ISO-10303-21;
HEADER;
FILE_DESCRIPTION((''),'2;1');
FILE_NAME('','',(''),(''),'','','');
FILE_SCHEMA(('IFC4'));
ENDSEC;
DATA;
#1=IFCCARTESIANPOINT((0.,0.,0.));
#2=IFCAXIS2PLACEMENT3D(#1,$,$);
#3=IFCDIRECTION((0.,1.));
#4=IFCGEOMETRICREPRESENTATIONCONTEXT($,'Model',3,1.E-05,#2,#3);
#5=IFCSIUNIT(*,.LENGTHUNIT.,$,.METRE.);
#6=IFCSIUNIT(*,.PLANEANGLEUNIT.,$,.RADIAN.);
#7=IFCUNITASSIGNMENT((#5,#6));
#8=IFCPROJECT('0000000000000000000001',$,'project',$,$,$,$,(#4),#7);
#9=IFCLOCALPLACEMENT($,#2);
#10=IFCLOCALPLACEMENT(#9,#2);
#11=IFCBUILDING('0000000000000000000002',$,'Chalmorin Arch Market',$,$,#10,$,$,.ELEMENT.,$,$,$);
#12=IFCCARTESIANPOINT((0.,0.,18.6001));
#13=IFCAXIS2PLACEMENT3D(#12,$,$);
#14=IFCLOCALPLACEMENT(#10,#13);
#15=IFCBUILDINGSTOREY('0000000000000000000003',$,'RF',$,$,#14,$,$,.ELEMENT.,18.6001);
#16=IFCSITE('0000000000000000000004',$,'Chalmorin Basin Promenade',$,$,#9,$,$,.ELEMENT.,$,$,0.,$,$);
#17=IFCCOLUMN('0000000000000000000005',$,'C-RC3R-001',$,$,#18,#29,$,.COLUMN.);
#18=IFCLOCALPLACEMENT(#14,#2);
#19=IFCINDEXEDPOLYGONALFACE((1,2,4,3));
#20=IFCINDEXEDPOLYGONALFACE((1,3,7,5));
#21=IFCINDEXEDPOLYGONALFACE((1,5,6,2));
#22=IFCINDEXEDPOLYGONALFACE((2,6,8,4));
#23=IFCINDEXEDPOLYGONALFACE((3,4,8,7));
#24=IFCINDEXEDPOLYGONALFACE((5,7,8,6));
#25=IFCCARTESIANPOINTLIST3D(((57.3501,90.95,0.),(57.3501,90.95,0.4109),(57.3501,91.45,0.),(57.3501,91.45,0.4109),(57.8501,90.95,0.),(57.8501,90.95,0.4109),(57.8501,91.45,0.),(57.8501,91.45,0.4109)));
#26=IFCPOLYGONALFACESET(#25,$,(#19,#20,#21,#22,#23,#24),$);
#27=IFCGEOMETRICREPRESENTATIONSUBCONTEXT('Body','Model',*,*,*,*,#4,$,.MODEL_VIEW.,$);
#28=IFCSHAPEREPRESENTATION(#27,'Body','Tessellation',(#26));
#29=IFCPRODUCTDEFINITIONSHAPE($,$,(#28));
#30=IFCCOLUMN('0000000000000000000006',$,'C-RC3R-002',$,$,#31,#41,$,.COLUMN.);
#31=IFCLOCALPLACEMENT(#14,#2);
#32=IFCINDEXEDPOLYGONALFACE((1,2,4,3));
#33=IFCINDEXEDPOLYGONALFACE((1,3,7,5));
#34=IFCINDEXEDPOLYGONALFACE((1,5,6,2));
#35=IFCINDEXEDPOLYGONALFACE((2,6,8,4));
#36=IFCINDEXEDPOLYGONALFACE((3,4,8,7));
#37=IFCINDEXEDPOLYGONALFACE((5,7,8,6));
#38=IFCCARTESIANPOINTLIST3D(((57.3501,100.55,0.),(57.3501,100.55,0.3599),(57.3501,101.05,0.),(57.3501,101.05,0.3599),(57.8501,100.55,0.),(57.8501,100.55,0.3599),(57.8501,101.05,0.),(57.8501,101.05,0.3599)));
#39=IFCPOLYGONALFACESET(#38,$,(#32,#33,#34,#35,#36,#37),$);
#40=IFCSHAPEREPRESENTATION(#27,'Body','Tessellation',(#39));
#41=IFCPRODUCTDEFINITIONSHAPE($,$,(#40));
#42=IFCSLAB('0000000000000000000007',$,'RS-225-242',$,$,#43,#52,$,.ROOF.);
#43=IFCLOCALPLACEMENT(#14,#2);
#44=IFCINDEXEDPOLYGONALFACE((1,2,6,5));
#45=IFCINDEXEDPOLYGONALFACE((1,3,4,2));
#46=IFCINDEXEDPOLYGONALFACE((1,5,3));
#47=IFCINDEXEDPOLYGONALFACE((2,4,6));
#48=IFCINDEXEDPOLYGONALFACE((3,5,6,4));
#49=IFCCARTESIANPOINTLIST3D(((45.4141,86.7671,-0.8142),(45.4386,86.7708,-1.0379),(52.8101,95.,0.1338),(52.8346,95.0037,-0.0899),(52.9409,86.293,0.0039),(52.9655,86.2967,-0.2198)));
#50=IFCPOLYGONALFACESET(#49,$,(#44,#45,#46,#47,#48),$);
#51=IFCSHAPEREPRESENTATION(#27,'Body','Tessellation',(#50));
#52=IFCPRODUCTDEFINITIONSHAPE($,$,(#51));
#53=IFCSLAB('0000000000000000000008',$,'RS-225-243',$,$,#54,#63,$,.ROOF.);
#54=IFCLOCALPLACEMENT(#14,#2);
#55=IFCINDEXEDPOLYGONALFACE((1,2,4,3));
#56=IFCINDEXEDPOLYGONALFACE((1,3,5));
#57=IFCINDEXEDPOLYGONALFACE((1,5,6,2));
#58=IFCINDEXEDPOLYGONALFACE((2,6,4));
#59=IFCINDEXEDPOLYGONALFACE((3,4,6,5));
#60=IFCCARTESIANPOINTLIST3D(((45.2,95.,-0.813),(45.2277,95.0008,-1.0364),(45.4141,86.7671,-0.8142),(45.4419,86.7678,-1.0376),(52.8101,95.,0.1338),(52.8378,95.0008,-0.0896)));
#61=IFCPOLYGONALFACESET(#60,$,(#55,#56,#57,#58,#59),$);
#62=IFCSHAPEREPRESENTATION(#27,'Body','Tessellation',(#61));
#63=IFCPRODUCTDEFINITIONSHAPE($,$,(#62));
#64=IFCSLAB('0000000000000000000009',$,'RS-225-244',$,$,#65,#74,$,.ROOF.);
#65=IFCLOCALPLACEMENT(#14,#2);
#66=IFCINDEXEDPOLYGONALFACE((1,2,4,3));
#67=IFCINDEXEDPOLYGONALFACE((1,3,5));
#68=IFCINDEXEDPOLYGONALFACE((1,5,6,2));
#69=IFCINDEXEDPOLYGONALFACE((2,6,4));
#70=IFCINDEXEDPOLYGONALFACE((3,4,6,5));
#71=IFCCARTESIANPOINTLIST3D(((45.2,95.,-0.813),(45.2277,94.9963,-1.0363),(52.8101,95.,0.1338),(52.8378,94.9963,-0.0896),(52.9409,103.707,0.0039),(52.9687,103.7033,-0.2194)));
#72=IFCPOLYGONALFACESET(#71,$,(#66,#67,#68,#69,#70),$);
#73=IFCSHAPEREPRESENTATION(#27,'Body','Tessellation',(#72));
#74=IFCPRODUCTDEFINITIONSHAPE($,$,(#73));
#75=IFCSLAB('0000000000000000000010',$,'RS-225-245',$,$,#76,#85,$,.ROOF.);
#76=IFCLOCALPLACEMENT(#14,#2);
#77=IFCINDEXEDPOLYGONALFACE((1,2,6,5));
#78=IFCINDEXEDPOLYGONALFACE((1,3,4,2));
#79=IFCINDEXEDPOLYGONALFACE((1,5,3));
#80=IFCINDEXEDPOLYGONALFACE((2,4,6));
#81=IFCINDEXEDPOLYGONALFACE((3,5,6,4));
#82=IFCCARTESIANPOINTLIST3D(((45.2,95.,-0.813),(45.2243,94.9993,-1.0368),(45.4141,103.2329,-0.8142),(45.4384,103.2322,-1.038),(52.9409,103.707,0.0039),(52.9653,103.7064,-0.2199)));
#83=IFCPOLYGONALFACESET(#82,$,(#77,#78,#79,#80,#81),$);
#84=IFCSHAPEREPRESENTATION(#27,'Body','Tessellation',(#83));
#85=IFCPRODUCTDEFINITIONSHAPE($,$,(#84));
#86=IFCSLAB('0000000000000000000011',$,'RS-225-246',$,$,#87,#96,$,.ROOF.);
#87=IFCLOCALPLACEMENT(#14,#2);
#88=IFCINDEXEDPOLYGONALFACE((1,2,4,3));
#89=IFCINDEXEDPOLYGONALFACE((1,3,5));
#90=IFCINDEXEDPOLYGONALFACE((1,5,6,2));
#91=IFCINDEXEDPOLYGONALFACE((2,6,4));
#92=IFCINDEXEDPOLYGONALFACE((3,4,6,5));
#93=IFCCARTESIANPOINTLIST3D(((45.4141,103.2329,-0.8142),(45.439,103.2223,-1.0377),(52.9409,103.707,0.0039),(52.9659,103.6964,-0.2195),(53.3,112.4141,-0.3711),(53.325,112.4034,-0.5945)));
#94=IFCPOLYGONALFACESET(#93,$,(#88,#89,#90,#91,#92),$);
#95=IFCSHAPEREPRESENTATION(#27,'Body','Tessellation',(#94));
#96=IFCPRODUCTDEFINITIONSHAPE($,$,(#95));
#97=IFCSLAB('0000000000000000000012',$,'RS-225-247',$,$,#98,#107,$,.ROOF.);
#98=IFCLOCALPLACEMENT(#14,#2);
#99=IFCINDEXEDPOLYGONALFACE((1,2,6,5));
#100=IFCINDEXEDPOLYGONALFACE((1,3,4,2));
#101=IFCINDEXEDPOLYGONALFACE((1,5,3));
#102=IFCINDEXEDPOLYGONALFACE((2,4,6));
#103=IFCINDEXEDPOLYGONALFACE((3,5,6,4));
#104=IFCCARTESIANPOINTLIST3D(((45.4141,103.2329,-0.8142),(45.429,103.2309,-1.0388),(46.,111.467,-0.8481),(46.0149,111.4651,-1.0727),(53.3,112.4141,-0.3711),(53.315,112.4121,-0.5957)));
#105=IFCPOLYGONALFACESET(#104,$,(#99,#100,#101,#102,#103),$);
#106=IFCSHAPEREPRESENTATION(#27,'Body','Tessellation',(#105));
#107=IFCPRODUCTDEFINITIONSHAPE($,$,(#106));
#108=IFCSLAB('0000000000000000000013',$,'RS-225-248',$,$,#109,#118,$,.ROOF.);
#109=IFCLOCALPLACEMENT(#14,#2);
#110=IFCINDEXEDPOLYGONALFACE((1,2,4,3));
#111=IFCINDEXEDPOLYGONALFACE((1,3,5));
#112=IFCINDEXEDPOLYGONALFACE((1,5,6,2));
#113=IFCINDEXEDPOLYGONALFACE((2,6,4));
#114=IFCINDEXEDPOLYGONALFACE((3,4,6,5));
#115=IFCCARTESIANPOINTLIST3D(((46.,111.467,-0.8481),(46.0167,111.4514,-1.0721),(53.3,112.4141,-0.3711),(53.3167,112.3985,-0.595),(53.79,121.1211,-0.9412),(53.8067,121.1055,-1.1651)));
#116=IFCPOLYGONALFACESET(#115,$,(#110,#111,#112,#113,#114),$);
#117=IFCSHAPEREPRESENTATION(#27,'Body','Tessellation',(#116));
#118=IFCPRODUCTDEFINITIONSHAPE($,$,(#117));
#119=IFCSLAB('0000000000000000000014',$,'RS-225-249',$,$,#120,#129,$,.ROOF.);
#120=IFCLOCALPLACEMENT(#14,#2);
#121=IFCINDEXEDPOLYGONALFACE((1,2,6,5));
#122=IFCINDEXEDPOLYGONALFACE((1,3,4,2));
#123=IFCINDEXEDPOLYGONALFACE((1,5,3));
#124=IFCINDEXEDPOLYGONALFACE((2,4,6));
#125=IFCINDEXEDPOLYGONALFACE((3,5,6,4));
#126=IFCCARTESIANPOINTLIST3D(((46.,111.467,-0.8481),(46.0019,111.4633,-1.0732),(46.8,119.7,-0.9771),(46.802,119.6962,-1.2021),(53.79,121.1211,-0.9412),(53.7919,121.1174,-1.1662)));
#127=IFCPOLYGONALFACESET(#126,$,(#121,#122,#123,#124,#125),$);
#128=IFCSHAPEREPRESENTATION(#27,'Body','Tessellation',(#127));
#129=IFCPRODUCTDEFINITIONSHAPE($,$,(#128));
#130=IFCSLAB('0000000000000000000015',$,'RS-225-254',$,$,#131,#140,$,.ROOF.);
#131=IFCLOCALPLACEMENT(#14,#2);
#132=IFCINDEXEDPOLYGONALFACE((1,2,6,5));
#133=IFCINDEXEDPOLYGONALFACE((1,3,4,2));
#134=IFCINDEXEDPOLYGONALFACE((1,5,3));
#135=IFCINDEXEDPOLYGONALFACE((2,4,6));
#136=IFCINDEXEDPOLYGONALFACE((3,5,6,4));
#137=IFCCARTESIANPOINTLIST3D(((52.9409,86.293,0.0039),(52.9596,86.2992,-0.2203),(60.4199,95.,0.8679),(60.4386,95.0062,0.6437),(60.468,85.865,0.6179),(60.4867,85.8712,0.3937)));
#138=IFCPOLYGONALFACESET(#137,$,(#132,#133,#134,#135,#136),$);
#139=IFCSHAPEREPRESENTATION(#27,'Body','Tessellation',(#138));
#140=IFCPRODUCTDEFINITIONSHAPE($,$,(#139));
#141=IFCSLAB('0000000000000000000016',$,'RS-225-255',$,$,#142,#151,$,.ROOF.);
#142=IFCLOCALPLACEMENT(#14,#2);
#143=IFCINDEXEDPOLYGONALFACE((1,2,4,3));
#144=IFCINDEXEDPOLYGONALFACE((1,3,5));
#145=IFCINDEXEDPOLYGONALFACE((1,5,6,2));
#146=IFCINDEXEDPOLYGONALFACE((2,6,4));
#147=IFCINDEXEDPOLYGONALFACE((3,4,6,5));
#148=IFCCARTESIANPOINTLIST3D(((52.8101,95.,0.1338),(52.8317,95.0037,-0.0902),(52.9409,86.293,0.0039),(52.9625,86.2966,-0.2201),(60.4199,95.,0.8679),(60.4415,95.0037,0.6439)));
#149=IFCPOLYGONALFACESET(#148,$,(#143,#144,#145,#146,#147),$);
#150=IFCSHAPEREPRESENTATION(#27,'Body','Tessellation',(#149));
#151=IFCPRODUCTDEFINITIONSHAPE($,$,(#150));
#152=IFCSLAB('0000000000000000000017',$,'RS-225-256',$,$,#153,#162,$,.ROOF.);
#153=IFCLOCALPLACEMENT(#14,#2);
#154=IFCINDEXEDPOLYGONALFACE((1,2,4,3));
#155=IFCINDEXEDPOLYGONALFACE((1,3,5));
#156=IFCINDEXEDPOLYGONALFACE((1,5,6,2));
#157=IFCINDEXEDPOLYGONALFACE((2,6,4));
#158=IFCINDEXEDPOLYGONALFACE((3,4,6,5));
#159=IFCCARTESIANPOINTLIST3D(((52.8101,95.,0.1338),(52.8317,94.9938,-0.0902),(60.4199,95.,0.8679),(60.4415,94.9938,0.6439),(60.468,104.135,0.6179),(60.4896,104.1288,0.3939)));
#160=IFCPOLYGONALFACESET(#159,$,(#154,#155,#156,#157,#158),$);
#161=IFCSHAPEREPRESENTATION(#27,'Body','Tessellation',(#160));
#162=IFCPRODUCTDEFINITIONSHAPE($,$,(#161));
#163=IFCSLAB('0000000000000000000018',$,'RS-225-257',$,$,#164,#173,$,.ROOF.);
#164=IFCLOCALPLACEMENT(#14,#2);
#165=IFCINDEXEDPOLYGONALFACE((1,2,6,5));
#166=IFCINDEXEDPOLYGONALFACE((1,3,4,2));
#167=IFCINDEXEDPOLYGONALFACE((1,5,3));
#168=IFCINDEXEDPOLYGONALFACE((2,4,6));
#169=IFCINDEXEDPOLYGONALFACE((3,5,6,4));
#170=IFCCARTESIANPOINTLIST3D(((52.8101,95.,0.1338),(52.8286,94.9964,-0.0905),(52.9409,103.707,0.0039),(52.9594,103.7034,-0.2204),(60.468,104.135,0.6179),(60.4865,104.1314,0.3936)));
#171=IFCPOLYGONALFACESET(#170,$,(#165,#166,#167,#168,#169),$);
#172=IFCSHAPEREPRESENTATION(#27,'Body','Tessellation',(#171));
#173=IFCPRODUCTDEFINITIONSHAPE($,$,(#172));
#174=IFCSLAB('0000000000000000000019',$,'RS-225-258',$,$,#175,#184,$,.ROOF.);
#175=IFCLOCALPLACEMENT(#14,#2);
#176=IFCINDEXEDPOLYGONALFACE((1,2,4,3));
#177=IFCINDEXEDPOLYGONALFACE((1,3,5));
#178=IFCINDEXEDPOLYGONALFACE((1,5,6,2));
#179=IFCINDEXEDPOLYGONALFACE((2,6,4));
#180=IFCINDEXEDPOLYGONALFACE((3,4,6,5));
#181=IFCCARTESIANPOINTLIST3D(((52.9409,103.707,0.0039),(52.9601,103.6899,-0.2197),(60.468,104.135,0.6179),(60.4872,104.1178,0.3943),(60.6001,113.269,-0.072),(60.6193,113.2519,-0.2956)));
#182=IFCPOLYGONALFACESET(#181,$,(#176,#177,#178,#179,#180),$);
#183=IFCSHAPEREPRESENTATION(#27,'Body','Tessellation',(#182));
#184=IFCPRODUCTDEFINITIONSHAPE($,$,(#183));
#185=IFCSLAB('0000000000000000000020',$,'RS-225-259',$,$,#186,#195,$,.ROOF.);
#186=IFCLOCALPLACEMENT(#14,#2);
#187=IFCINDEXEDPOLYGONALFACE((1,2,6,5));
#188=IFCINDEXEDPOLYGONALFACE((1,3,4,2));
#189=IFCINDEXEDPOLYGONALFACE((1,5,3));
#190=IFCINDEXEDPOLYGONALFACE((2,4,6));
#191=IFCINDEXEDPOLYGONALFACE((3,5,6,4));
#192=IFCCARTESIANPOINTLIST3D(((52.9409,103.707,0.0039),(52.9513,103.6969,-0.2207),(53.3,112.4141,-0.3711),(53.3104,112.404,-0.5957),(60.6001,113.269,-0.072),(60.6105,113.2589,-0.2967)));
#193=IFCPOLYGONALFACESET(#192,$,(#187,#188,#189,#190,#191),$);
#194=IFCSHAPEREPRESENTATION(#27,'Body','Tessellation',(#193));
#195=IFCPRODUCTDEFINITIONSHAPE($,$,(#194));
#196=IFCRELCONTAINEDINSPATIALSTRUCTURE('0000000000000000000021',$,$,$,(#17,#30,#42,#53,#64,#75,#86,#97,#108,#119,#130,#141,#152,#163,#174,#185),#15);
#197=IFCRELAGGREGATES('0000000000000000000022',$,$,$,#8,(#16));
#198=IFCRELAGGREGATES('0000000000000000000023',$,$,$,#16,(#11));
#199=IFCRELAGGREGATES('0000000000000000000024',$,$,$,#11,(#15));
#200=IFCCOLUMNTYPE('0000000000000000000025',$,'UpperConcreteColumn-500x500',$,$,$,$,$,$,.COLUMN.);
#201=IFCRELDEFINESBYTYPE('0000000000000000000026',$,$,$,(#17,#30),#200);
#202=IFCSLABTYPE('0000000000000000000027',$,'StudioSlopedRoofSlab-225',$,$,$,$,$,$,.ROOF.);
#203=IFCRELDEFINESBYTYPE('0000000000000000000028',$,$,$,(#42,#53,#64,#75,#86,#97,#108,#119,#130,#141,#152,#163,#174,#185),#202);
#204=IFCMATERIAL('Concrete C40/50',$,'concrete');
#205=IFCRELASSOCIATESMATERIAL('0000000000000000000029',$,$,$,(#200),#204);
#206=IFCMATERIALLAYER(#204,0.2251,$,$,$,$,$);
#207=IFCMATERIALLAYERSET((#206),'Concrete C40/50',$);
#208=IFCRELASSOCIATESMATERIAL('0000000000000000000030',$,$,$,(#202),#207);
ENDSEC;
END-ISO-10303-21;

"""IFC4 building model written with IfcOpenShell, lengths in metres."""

from ifc_helpers import new_model, si_unit, direction, frame, origin, origin_2d, place, context, subcontext, project, spatial, polyline, rectangle, outline, extrude, material, layer, layer_set, material_profile, profile_set, type_object, element, save


model = new_model("IFC4")

# Units and contexts
model_context = context("Model", 3, precision=1e-05, world=origin(), true_north=direction((0.0, 1.0)))
body_context = subcontext(model_context, "Body", "Model", "MODEL_VIEW")
ifc_project = project(units=[si_unit("LENGTHUNIT", "METRE"), si_unit("PLANEANGLEUNIT", "RADIAN")], contexts=[model_context])

# Site, building, storey
site_placement = place(None, origin())
site = spatial("IfcSite", under=ifc_project, at=site_placement, Name="Chalmorin Basin Promenade", CompositionType="ELEMENT", RefElevation=0.0)
building_placement = place(site_placement, origin())
building = spatial("IfcBuilding", under=site, at=building_placement, Name="Chalmorin Arch Market", CompositionType="ELEMENT")
storey_placement = place(building_placement, frame((0.0, 0.0, 18.6001)))
storey = spatial("IfcBuildingStorey", under=building, at=storey_placement, Name="RF", CompositionType="ELEMENT", Elevation=18.6001)

# Columns
ifc_material = material(Name="Concrete C40/50", Category="concrete")
ifc_material_profile = material_profile(ifc_material, rectangle(XDim=0.5, YDim=0.5, at=origin_2d()), Name="RC500X500")
ifc_profile_set = profile_set([ifc_material_profile], Name="Concrete C40/50")
column_type = type_object("IfcColumnType", Name="UpperConcreteColumn-500x500", PredefinedType="COLUMN", material=ifc_profile_set)
column_1_placement = place(storey_placement, frame((57.6001, 91.2, 0.0), z_axis=(0.0, 0.0, 1.0), x_axis=(1.0, 0.0, 0.0)))
element("IfcColumn", 1, at=column_1_placement, inside=storey, type_object=column_type, Name="C-RC3R-001", PredefinedType="COLUMN", context=body_context, shape_type="SweptSolid", body=[
    extrude(rectangle(XDim=0.5, YDim=0.5, at=origin_2d()), origin(), (0.0, 0.0, 1.0), 0.4109),
])
column_2_placement = place(storey_placement, frame((57.6001, 100.8, 0.0), z_axis=(0.0, 0.0, 1.0), x_axis=(1.0, 0.0, 0.0)))
element("IfcColumn", 2, at=column_2_placement, inside=storey, type_object=column_type, Name="C-RC3R-002", PredefinedType="COLUMN", context=body_context, shape_type="SweptSolid", body=[
    extrude(rectangle(XDim=0.5, YDim=0.5, at=origin_2d()), origin(), (0.0, 0.0, 1.0), 0.3599),
])

# Slabs
ifc_layer = layer(ifc_material, 0.2251)
ifc_layer_set = layer_set([ifc_layer], Name="Concrete C40/50")
slab_type = type_object("IfcSlabType", Name="StudioSlopedRoofSlab-225", PredefinedType="ROOF", material=ifc_layer_set)
slab_1_placement = place(storey_placement, frame((45.4141, 86.7671, -0.8142), z_axis=(-0.109067, -0.016465, 0.993898), x_axis=(0.992201, -0.062499, 0.107845)))
element("IfcSlab", 3, at=slab_1_placement, inside=storey, type_object=slab_type, Name="RS-225-242", PredefinedType="ROOF", context=body_context, shape_type="SweptSolid", body=[
    extrude(outline(polyline([(0.0, 0.0), (7.586, 0.0), (6.926, 8.6839), (0.0, 0.0)])), origin(), (0.0, 0.0, -1.0), 0.2251),
])
slab_2_placement = place(storey_placement, frame((45.4141, 86.7671, -0.8142), z_axis=(-0.123458, -0.003358, 0.992344), x_axis=(0.665846, 0.741192, 0.085346)))
element("IfcSlab", 4, at=slab_2_placement, inside=storey, type_object=slab_type, Name="RS-225-243", PredefinedType="ROOF", context=body_context, shape_type="SweptSolid", body=[
    extrude(outline(polyline([(0.0, 0.0), (11.1077, 0.0), (5.9597, 5.6841), (0.0, 0.0)])), origin(), (0.0, 0.0, -1.0), 0.2251),
])
slab_3_placement = place(storey_placement, frame((45.2, 95.0, -0.813), z_axis=(-0.123442, 0.016656, 0.992212), x_axis=(0.99235, 0.0, 0.123459)))
element("IfcSlab", 5, at=slab_3_placement, inside=storey, type_object=slab_type, Name="RS-225-244", PredefinedType="ROOF", context=body_context, shape_type="SweptSolid", body=[
    extrude(outline(polyline([(0.0, 0.0), (7.6688, 0.0), (7.7826, 8.7082), (0.0, 0.0)])), origin(), (0.0, 0.0, -1.0), 0.2251),
])
slab_4_placement = place(storey_placement, frame((45.2, 95.0, -0.813), z_axis=(-0.10824, 0.002962, 0.99412), x_axis=(0.662803, 0.74552, 0.069945)))
element("IfcSlab", 6, at=slab_4_placement, inside=storey, type_object=slab_type, Name="RS-225-245", PredefinedType="ROOF", context=body_context, shape_type="SweptSolid", body=[
    extrude(outline(polyline([(0.0, 0.0), (11.6791, 0.0), (6.2796, 5.3285), (0.0, 0.0)])), origin(), (0.0, 0.0, -1.0), 0.2251),
])
slab_5_placement = place(storey_placement, frame((45.4141, 103.2329, -0.8142), z_axis=(-0.110881, 0.047328, 0.992706), x_axis=(0.992201, 0.062499, 0.107845)))
element("IfcSlab", 7, at=slab_5_placement, inside=storey, type_object=slab_type, Name="RS-225-246", PredefinedType="ROOF", context=body_context, shape_type="SweptSolid", body=[
    extrude(outline(polyline([(0.0, 0.0), (7.586, 0.0), (8.4461, 8.68), (0.0, 0.0)])), origin(), (0.0, 0.0, -1.0), 0.2251),
])
slab_6_placement = place(storey_placement, frame((45.4141, 103.2329, -0.8142), z_axis=(-0.066348, 0.008833, 0.997757), x_axis=(0.651137, 0.758078, 0.036588)))
element("IfcSlab", 8, at=slab_6_placement, inside=storey, type_object=slab_type, Name="RS-225-247", PredefinedType="ROOF", context=body_context, shape_type="SweptSolid", body=[
    extrude(outline(polyline([(0.0, 0.0), (12.1111, 0.0), (6.6224, 4.9284), (0.0, 0.0)])), origin(), (0.0, 0.0, -1.0), 0.2251),
])
slab_7_placement = place(storey_placement, frame((46.0, 111.467, -0.8481), z_axis=(-0.074002, 0.069299, 0.994847), x_axis=(0.989614, 0.128381, 0.06467)))
element("IfcSlab", 9, at=slab_7_placement, inside=storey, type_object=slab_type, Name="RS-225-248", PredefinedType="ROOF", context=body_context, shape_type="SweptSolid", body=[
    extrude(outline(polyline([(0.0, 0.0), (7.3767, 0.0), (8.9425, 8.598), (0.0, 0.0)])), origin(), (0.0, 0.0, -1.0), 0.2251),
])
slab_8_placement = place(storey_placement, frame((46.0, 111.467, -0.8481), z_axis=(-0.008484, 0.016479, 0.999828), x_axis=(0.627955, 0.778213, -0.007498)))
element("IfcSlab", 10, at=slab_8_placement, inside=storey, type_object=slab_type, Name="RS-225-249", PredefinedType="ROOF", context=body_context, shape_type="SweptSolid", body=[
    extrude(outline(polyline([(0.0, 0.0), (12.4054, 0.0), (6.9103, 4.5481), (0.0, 0.0)])), origin(), (0.0, 0.0, -1.0), 0.2251),
])
slab_9_placement = place(storey_placement, frame((52.9409, 86.293, 0.0039), z_axis=(-0.082837, -0.027699, 0.996178), x_axis=(0.995093, -0.056579, 0.081173)))
element("IfcSlab", 11, at=slab_9_placement, inside=storey, type_object=slab_type, Name="RS-225-254", PredefinedType="ROOF", context=body_context, shape_type="SweptSolid", body=[
    extrude(outline(polyline([(0.0, 0.0), (7.5642, 0.0), (7.0198, 9.1223), (0.0, 0.0)])), origin(), (0.0, 0.0, -1.0), 0.2251),
])
slab_10_placement = place(storey_placement, frame((52.9409, 86.293, 0.0039), z_axis=(-0.096012, -0.016289, 0.995247), x_axis=(0.649748, 0.756434, 0.075062)))
element("IfcSlab", 12, at=slab_10_placement, inside=storey, type_object=slab_type, Name="RS-225-255", PredefinedType="ROOF", context=body_context, shape_type="SweptSolid", body=[
    extrude(outline(polyline([(0.0, 0.0), (11.5106, 0.0), (6.511, 5.7839), (0.0, 0.0)])), origin(), (0.0, 0.0, -1.0), 0.2251),
])
slab_11_placement = place(storey_placement, frame((52.8101, 95.0, 0.1338), z_axis=(-0.095988, 0.027736, 0.994996), x_axis=(0.995379, 0.0, 0.096025)))
element("IfcSlab", 13, at=slab_11_placement, inside=storey, type_object=slab_type, Name="RS-225-256", PredefinedType="ROOF", context=body_context, shape_type="SweptSolid", body=[
    extrude(outline(polyline([(0.0, 0.0), (7.6452, 0.0), (7.6691, 9.1385), (0.0, 0.0)])), origin(), (0.0, 0.0, -1.0), 0.2251),
])
slab_12_placement = place(storey_placement, frame((52.8101, 95.0, 0.1338), z_axis=(-0.082202, 0.0161, 0.996486), x_axis=(0.641903, 0.765712, 0.040581)))
element("IfcSlab", 14, at=slab_12_placement, inside=storey, type_object=slab_type, Name="RS-225-257", PredefinedType="ROOF", context=body_context, shape_type="SweptSolid", body=[
    extrude(outline(polyline([(0.0, 0.0), (11.9301, 0.0), (6.7458, 5.5082), (0.0, 0.0)])), origin(), (0.0, 0.0, -1.0), 0.2251),
])
slab_13_placement = place(storey_placement, frame((52.9409, 103.707, 0.0039), z_axis=(-0.085374, 0.076273, 0.993425), x_axis=(0.995093, 0.056579, 0.081173)))
element("IfcSlab", 15, at=slab_13_placement, inside=storey, type_object=slab_type, Name="RS-225-258", PredefinedType="ROOF", context=body_context, shape_type="SweptSolid", body=[
    extrude(outline(polyline([(0.0, 0.0), (7.5642, 0.0), (8.1564, 9.1418), (0.0, 0.0)])), origin(), (0.0, 0.0, -1.0), 0.2251),
])
slab_14_placement = place(storey_placement, frame((52.9409, 103.707, 0.0039), z_axis=(-0.04614, 0.044882, 0.997926), x_axis=(0.625159, 0.780473, -0.006197)))
element("IfcSlab", 16, at=slab_14_placement, inside=storey, type_object=slab_type, Name="RS-225-259", PredefinedType="ROOF", context=body_context, shape_type="SweptSolid", body=[
    extrude(outline(polyline([(0.0, 0.0), (12.2516, 0.0), (7.0224, 5.1737), (0.0, 0.0)])), origin(), (0.0, 0.0, -1.0), 0.2251),
])

save(model, "model.ifc")
